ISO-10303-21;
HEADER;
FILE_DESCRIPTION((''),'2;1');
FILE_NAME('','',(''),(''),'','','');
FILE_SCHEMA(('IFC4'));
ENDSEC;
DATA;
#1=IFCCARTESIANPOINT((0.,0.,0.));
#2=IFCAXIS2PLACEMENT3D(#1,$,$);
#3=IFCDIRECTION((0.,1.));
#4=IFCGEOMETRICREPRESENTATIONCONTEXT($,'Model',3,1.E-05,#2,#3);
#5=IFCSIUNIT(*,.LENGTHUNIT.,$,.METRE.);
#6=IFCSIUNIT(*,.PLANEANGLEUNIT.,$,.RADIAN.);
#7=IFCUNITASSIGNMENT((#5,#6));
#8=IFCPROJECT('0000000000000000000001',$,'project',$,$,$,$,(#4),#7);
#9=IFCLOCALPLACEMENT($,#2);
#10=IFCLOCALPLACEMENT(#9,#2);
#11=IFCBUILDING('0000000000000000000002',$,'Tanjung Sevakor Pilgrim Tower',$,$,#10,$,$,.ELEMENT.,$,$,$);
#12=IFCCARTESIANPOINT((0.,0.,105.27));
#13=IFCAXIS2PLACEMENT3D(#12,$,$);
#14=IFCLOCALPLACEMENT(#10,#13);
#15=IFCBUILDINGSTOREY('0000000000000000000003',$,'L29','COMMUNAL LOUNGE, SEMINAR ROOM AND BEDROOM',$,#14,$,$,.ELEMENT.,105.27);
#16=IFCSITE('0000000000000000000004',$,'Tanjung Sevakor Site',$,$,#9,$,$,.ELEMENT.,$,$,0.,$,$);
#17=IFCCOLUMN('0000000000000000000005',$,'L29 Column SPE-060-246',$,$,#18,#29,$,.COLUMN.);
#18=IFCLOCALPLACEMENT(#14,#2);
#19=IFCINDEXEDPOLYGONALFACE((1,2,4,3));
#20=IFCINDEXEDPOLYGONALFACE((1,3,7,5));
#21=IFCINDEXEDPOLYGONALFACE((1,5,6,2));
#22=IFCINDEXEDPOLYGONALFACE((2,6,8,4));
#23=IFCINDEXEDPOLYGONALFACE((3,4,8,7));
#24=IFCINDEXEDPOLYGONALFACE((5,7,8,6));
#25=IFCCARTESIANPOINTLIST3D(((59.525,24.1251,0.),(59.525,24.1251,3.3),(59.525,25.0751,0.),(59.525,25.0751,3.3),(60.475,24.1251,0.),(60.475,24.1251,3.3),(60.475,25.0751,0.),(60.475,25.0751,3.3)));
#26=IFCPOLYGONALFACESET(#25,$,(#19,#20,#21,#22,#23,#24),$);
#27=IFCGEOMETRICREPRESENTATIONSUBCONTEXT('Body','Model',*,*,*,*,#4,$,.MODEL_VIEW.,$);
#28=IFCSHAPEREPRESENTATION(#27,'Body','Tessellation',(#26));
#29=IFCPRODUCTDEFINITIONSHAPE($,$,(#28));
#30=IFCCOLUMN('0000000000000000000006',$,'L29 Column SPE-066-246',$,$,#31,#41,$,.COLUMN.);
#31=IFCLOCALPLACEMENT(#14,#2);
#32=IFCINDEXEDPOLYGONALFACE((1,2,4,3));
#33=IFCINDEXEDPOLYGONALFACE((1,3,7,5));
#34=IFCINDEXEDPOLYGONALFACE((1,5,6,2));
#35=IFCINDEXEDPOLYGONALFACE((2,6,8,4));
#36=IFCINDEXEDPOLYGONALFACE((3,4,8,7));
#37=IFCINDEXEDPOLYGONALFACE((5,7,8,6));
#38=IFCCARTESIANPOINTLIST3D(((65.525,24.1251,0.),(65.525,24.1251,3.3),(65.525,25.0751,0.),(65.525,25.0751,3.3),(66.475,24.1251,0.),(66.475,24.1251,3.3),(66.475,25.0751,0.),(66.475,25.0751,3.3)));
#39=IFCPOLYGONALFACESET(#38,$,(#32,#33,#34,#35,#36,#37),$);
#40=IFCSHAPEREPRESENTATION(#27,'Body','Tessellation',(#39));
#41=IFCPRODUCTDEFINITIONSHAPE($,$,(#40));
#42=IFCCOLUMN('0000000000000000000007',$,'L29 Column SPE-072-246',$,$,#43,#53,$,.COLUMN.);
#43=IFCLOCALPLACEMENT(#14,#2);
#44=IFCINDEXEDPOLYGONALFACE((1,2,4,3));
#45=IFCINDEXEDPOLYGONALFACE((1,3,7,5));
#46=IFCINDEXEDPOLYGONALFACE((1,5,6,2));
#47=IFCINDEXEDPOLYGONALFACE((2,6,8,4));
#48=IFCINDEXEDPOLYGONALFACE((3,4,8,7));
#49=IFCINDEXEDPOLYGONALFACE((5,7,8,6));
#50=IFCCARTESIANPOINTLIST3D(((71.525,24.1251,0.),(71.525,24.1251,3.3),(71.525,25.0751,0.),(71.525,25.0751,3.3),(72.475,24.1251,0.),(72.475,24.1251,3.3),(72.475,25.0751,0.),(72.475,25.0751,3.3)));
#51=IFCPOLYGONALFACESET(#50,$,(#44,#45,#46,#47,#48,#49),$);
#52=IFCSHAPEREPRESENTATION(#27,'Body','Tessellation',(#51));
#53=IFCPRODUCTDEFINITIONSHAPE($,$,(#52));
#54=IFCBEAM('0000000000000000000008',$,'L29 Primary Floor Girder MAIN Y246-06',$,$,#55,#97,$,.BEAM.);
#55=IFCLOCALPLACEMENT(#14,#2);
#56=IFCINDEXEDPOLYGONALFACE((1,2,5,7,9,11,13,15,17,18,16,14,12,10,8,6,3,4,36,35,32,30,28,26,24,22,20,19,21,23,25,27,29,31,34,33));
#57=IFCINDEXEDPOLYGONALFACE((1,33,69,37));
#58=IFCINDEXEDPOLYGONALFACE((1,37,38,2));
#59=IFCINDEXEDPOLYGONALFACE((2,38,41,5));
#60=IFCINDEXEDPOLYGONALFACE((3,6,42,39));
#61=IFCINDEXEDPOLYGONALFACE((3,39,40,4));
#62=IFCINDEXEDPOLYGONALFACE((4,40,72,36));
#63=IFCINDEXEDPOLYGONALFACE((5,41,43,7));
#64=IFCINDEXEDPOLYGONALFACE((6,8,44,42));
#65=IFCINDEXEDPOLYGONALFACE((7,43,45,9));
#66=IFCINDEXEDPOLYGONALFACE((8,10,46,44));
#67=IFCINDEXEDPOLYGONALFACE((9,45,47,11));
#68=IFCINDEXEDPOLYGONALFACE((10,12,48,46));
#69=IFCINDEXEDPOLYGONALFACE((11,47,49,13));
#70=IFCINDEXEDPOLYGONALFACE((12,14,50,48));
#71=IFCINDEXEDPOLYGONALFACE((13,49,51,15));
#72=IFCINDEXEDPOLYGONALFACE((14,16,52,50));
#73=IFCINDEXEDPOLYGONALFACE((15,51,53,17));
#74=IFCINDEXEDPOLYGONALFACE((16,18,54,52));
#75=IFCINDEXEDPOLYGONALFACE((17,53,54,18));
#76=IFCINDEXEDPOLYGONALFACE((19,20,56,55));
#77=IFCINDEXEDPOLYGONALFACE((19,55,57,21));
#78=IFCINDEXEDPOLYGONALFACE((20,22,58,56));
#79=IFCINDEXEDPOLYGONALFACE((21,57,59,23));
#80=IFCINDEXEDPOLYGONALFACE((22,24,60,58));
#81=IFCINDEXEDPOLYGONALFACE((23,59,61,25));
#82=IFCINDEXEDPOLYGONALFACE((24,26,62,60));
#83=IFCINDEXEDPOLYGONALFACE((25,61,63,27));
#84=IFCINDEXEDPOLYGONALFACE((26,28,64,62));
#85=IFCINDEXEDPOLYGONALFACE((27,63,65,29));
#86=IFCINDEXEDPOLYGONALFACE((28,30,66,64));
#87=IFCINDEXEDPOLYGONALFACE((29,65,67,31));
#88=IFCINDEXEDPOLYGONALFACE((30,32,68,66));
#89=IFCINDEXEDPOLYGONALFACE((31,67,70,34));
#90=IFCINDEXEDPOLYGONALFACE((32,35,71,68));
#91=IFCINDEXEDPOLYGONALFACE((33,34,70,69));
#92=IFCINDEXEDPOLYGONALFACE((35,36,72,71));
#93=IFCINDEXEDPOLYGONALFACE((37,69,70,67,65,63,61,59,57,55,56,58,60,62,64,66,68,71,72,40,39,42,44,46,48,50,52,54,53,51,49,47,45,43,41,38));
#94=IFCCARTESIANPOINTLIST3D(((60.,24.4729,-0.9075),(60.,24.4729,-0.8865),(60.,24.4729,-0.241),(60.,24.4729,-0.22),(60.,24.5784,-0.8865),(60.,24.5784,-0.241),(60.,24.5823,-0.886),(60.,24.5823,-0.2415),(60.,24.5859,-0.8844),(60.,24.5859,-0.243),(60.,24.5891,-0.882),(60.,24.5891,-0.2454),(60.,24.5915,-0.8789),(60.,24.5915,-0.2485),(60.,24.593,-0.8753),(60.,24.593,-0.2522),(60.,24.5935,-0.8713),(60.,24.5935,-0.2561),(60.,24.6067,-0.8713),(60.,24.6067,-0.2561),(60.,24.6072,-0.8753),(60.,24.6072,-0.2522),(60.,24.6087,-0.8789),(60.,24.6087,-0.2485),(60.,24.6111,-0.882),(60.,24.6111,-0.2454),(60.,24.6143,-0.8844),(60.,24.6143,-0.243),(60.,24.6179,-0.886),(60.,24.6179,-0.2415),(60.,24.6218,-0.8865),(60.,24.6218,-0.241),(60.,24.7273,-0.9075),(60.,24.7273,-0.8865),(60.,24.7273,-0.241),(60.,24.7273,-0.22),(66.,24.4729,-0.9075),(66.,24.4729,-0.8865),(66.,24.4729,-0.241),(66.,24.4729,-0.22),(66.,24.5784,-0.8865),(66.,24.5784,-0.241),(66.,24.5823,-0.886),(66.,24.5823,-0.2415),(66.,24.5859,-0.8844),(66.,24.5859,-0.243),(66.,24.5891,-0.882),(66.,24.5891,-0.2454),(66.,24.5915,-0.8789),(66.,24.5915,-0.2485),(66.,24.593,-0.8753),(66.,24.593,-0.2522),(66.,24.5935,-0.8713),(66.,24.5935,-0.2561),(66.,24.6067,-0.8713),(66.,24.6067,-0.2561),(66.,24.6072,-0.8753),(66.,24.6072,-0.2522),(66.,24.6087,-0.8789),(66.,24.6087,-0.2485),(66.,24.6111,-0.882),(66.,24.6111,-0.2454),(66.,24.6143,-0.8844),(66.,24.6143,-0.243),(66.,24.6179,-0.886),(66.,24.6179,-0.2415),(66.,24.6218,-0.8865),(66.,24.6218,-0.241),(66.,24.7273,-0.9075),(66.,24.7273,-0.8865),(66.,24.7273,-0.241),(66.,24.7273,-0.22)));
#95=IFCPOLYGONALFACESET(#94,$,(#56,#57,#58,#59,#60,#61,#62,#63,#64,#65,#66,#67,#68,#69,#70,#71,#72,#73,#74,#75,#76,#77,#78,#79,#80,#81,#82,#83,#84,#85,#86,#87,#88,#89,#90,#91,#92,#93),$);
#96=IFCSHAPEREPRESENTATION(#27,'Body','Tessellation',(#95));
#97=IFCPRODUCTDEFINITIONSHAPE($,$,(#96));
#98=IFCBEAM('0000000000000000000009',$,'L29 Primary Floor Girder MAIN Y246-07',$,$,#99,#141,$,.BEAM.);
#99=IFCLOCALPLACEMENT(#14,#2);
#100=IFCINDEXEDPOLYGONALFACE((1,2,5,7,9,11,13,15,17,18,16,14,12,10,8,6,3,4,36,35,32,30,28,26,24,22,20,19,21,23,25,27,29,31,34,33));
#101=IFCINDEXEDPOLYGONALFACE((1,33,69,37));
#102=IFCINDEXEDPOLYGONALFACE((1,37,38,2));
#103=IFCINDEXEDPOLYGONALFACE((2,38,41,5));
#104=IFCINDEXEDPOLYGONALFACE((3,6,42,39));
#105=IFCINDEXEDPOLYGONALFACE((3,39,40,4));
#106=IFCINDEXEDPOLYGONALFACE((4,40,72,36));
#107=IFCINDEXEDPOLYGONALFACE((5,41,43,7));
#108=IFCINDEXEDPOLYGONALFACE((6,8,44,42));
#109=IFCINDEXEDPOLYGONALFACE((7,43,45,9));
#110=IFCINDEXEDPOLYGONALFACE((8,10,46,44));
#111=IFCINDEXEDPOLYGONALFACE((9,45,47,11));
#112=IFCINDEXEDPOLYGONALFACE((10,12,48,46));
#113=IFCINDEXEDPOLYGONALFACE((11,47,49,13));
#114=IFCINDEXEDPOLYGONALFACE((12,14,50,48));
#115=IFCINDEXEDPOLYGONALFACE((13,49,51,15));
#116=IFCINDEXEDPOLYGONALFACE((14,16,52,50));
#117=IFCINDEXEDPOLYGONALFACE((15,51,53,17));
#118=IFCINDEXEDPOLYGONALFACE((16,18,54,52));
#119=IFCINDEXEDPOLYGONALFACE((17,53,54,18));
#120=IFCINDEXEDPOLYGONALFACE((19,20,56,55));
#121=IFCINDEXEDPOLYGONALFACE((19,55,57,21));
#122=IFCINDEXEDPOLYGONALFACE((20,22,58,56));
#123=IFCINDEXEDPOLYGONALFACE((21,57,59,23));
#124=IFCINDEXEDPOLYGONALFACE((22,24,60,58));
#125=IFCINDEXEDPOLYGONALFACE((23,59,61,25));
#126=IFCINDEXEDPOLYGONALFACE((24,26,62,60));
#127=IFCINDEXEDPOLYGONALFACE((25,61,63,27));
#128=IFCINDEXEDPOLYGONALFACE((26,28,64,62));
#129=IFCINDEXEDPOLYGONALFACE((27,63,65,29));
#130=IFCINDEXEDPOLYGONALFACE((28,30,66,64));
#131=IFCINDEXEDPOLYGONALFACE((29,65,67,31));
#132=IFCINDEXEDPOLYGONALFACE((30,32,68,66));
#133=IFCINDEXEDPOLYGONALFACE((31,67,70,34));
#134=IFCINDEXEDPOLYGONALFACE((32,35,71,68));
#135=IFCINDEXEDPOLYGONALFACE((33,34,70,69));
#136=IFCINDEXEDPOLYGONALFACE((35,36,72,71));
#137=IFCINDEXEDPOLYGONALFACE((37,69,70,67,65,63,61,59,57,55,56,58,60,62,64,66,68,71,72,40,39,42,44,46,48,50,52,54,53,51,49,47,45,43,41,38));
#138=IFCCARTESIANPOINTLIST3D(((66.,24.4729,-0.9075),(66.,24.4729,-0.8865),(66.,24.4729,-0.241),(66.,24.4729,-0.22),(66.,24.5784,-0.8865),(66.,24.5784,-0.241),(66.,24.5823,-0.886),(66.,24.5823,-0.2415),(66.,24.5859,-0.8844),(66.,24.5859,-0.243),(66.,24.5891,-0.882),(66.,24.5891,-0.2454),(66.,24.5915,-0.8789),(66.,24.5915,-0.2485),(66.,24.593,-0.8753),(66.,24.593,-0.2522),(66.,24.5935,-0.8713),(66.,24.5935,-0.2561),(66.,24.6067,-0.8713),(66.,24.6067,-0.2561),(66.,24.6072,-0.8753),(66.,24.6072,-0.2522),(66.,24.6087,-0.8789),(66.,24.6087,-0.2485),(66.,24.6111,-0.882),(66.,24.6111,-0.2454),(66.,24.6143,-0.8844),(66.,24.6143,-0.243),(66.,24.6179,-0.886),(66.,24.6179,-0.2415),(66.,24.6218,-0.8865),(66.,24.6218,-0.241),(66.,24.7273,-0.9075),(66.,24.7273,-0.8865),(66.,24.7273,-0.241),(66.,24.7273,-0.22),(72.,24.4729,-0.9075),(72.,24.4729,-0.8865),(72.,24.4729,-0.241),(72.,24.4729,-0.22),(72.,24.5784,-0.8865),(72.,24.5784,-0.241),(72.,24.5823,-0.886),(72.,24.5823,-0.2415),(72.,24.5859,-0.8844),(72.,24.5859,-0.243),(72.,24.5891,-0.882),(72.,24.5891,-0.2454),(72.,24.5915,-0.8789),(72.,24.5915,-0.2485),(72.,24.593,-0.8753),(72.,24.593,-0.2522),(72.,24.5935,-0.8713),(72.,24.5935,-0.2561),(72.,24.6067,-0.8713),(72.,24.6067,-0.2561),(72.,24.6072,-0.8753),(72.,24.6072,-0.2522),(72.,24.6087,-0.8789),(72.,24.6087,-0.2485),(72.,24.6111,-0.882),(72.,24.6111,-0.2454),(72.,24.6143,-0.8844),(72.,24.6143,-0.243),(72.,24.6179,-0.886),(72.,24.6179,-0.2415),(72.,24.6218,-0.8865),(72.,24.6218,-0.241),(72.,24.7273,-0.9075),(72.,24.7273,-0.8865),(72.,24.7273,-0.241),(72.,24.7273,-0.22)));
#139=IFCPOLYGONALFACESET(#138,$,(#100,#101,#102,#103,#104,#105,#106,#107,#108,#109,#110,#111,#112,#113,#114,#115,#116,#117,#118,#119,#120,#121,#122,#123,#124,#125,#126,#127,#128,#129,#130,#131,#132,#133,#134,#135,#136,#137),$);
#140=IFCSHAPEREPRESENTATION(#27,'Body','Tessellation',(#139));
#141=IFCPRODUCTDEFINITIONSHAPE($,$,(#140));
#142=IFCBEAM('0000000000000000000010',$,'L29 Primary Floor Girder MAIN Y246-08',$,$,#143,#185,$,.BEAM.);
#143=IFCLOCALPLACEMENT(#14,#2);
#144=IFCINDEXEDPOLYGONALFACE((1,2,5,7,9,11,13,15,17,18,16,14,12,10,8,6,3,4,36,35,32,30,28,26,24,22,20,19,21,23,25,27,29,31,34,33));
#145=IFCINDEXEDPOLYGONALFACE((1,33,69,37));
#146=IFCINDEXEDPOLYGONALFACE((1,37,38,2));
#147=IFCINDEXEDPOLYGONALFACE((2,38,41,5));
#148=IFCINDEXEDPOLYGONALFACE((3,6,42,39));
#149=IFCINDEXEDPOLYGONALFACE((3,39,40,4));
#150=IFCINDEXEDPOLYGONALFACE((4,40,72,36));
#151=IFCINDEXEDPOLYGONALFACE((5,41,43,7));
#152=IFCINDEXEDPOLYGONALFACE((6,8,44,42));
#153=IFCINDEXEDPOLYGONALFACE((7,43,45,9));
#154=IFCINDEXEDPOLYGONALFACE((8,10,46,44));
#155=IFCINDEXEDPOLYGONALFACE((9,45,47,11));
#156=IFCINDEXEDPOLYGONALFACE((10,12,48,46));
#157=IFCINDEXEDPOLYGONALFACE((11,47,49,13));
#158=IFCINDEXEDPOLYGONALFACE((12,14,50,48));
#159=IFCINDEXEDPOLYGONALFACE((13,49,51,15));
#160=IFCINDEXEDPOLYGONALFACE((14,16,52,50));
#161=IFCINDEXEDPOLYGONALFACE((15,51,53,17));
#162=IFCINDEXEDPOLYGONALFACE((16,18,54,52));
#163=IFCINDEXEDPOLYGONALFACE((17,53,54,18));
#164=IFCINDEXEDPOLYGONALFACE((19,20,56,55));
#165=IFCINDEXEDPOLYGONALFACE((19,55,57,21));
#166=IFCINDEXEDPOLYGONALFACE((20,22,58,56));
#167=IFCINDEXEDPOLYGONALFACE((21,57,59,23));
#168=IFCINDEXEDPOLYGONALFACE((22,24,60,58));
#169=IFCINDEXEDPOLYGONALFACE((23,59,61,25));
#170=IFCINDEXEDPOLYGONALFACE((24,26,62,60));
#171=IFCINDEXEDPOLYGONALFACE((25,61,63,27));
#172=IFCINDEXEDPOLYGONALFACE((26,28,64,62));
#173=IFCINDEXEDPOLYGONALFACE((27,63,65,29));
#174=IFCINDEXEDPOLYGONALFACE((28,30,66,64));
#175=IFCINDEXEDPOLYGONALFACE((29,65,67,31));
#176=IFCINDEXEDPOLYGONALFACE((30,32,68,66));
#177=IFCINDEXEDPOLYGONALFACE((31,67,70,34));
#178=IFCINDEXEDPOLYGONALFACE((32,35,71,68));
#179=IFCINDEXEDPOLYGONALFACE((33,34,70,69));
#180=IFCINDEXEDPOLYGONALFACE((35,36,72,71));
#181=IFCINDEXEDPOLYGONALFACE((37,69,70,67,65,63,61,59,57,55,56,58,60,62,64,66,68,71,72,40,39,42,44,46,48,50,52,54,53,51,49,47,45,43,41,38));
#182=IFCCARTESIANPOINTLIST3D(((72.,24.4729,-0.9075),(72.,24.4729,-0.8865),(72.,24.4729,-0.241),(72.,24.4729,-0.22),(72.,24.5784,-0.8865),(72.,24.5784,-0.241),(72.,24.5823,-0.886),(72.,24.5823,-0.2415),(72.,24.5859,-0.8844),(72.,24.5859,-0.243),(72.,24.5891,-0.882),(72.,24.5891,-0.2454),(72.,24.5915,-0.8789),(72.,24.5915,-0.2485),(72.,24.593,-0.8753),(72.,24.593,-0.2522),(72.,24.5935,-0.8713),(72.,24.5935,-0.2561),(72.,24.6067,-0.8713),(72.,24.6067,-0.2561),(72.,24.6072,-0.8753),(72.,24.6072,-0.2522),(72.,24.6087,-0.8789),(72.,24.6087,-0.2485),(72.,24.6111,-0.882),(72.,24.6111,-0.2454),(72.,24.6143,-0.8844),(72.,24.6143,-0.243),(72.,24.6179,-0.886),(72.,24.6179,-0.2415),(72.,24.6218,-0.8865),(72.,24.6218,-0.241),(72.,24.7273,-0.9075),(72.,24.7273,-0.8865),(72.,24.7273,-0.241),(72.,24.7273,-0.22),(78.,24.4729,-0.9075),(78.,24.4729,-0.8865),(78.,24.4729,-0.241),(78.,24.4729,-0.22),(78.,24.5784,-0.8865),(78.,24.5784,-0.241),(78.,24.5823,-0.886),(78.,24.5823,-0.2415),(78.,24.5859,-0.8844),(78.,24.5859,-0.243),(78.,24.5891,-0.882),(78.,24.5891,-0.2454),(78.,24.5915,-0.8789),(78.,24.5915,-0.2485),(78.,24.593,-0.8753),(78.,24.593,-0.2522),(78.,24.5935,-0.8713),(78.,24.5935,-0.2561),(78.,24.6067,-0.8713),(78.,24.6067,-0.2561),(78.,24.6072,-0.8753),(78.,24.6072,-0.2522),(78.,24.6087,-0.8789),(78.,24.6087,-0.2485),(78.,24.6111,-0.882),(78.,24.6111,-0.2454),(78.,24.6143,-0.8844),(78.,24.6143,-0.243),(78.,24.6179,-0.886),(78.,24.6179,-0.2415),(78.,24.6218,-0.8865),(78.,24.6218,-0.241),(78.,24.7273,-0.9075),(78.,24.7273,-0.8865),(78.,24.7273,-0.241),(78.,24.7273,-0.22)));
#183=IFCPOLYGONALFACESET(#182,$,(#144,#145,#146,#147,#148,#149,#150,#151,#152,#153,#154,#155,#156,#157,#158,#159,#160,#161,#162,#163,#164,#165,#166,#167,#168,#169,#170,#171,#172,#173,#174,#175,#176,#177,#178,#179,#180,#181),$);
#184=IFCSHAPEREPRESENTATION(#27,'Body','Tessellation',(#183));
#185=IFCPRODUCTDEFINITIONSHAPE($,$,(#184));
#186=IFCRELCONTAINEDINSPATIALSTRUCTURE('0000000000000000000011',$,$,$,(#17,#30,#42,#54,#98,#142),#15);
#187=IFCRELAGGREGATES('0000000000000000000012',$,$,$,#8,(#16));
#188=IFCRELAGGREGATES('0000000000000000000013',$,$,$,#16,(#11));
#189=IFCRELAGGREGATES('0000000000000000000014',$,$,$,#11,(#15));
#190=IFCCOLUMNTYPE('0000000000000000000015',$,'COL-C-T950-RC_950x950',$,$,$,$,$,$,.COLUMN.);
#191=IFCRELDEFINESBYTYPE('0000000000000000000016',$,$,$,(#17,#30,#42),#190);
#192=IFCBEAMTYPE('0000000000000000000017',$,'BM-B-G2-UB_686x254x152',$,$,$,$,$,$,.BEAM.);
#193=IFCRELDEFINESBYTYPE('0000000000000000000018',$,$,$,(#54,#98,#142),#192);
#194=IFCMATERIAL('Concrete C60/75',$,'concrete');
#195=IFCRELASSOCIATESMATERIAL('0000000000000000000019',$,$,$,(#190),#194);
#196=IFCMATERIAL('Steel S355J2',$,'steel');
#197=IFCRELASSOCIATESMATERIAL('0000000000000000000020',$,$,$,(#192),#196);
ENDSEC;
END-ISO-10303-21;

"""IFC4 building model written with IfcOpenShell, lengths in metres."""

from ifc_helpers import new_model, si_unit, direction, frame, origin, origin_2d, place, context, subcontext, project, spatial, rectangle, i_section, extrude, material, material_profile, profile_set, type_object, element, save


model = new_model("IFC4")

# Units and contexts
model_context = context("Model", 3, precision=1e-05, world=origin(), true_north=direction((0.0, 1.0)))
body_context = subcontext(model_context, "Body", "Model", "MODEL_VIEW")
ifc_project = project(units=[si_unit("LENGTHUNIT", "METRE"), si_unit("PLANEANGLEUNIT", "RADIAN")], contexts=[model_context])

# Site, building, storey
site_placement = place(None, origin())
site = spatial("IfcSite", under=ifc_project, at=site_placement, Name="Tanjung Sevakor Site", CompositionType="ELEMENT", RefElevation=0.0)
building_placement = place(site_placement, origin())
building = spatial("IfcBuilding", under=site, at=building_placement, Name="Tanjung Sevakor Pilgrim Tower", CompositionType="ELEMENT")
storey_placement = place(building_placement, frame((0.0, 0.0, 105.27)))
storey = spatial("IfcBuildingStorey", under=building, at=storey_placement, Name="L29", Description="COMMUNAL LOUNGE, SEMINAR ROOM AND BEDROOM", CompositionType="ELEMENT", Elevation=105.27)

# Columns
ifc_material_1 = material(Name="Concrete C60/75", Category="concrete")
ifc_material_profile_1 = material_profile(ifc_material_1, rectangle(XDim=0.95, YDim=0.95, at=origin_2d()))
ifc_profile_set_1 = profile_set([ifc_material_profile_1], Name="Concrete C60/75")
column_type = type_object("IfcColumnType", Name="COL-C-T950-RC_950x950", PredefinedType="COLUMN", material=ifc_profile_set_1)
for number, where, z_axis, x_axis, name in (
    (1, (60.0, 24.6001, 0.0), (0.0, 0.0, 1.0), (1.0, 0.0, 0.0), "L29 Column SPE-060-246"),
    (2, (66.0, 24.6001, 0.0), (0.0, 0.0, 1.0), (1.0, 0.0, 0.0), "L29 Column SPE-066-246"),
    (3, (72.0, 24.6001, 0.0), (0.0, 0.0, 1.0), (1.0, 0.0, 0.0), "L29 Column SPE-072-246"),
):
    element("IfcColumn", number, at=place(storey_placement, frame(where, z_axis=z_axis, x_axis=x_axis)), inside=storey, type_object=column_type, Name=name, PredefinedType="COLUMN", context=body_context, shape_type="SweptSolid", body=[
        extrude(rectangle(XDim=0.95, YDim=0.95, at=origin_2d()), origin(), (0.0, 0.0, 1.0), 3.3),
    ])

# Beams
ifc_material_2 = material(Name="Steel S355J2", Category="steel")
ifc_material_profile_2 = material_profile(ifc_material_2, i_section(OverallWidth=0.2544, OverallDepth=0.6875, WebThickness=0.0132, FlangeThickness=0.021, FilletRadius=0.0151, at=origin_2d()))
ifc_profile_set_2 = profile_set([ifc_material_profile_2], Name="Steel S355J2")
beam_type_1 = type_object("IfcBeamType", Name="BM-B-G2-UB_686x254x152", PredefinedType="BEAM", material=ifc_profile_set_2)
for number, where, z_axis, x_axis, name in (
    (4, (60.0, 24.6001, -0.5637), (1.0, 0.0, 0.0), (0.0, 1.0, 0.0), "L29 Primary Floor Girder MAIN Y246-06"),
    (5, (66.0, 24.6001, -0.5637), (1.0, 0.0, 0.0), (0.0, 1.0, 0.0), "L29 Primary Floor Girder MAIN Y246-07"),
    (6, (72.0, 24.6001, -0.5637), (1.0, 0.0, 0.0), (0.0, 1.0, 0.0), "L29 Primary Floor Girder MAIN Y246-08"),
):
    element("IfcBeam", number, at=place(storey_placement, frame(where, z_axis=z_axis, x_axis=x_axis)), inside=storey, type_object=beam_type_1, Name=name, PredefinedType="BEAM", context=body_context, shape_type="SweptSolid", body=[
        extrude(i_section(OverallWidth=0.2544, OverallDepth=0.6875, WebThickness=0.0132, FlangeThickness=0.021, FilletRadius=0.0151, at=origin_2d()), origin(), (0.0, 0.0, 1.0), 6.0),
    ])

save(model, "model.ifc")
